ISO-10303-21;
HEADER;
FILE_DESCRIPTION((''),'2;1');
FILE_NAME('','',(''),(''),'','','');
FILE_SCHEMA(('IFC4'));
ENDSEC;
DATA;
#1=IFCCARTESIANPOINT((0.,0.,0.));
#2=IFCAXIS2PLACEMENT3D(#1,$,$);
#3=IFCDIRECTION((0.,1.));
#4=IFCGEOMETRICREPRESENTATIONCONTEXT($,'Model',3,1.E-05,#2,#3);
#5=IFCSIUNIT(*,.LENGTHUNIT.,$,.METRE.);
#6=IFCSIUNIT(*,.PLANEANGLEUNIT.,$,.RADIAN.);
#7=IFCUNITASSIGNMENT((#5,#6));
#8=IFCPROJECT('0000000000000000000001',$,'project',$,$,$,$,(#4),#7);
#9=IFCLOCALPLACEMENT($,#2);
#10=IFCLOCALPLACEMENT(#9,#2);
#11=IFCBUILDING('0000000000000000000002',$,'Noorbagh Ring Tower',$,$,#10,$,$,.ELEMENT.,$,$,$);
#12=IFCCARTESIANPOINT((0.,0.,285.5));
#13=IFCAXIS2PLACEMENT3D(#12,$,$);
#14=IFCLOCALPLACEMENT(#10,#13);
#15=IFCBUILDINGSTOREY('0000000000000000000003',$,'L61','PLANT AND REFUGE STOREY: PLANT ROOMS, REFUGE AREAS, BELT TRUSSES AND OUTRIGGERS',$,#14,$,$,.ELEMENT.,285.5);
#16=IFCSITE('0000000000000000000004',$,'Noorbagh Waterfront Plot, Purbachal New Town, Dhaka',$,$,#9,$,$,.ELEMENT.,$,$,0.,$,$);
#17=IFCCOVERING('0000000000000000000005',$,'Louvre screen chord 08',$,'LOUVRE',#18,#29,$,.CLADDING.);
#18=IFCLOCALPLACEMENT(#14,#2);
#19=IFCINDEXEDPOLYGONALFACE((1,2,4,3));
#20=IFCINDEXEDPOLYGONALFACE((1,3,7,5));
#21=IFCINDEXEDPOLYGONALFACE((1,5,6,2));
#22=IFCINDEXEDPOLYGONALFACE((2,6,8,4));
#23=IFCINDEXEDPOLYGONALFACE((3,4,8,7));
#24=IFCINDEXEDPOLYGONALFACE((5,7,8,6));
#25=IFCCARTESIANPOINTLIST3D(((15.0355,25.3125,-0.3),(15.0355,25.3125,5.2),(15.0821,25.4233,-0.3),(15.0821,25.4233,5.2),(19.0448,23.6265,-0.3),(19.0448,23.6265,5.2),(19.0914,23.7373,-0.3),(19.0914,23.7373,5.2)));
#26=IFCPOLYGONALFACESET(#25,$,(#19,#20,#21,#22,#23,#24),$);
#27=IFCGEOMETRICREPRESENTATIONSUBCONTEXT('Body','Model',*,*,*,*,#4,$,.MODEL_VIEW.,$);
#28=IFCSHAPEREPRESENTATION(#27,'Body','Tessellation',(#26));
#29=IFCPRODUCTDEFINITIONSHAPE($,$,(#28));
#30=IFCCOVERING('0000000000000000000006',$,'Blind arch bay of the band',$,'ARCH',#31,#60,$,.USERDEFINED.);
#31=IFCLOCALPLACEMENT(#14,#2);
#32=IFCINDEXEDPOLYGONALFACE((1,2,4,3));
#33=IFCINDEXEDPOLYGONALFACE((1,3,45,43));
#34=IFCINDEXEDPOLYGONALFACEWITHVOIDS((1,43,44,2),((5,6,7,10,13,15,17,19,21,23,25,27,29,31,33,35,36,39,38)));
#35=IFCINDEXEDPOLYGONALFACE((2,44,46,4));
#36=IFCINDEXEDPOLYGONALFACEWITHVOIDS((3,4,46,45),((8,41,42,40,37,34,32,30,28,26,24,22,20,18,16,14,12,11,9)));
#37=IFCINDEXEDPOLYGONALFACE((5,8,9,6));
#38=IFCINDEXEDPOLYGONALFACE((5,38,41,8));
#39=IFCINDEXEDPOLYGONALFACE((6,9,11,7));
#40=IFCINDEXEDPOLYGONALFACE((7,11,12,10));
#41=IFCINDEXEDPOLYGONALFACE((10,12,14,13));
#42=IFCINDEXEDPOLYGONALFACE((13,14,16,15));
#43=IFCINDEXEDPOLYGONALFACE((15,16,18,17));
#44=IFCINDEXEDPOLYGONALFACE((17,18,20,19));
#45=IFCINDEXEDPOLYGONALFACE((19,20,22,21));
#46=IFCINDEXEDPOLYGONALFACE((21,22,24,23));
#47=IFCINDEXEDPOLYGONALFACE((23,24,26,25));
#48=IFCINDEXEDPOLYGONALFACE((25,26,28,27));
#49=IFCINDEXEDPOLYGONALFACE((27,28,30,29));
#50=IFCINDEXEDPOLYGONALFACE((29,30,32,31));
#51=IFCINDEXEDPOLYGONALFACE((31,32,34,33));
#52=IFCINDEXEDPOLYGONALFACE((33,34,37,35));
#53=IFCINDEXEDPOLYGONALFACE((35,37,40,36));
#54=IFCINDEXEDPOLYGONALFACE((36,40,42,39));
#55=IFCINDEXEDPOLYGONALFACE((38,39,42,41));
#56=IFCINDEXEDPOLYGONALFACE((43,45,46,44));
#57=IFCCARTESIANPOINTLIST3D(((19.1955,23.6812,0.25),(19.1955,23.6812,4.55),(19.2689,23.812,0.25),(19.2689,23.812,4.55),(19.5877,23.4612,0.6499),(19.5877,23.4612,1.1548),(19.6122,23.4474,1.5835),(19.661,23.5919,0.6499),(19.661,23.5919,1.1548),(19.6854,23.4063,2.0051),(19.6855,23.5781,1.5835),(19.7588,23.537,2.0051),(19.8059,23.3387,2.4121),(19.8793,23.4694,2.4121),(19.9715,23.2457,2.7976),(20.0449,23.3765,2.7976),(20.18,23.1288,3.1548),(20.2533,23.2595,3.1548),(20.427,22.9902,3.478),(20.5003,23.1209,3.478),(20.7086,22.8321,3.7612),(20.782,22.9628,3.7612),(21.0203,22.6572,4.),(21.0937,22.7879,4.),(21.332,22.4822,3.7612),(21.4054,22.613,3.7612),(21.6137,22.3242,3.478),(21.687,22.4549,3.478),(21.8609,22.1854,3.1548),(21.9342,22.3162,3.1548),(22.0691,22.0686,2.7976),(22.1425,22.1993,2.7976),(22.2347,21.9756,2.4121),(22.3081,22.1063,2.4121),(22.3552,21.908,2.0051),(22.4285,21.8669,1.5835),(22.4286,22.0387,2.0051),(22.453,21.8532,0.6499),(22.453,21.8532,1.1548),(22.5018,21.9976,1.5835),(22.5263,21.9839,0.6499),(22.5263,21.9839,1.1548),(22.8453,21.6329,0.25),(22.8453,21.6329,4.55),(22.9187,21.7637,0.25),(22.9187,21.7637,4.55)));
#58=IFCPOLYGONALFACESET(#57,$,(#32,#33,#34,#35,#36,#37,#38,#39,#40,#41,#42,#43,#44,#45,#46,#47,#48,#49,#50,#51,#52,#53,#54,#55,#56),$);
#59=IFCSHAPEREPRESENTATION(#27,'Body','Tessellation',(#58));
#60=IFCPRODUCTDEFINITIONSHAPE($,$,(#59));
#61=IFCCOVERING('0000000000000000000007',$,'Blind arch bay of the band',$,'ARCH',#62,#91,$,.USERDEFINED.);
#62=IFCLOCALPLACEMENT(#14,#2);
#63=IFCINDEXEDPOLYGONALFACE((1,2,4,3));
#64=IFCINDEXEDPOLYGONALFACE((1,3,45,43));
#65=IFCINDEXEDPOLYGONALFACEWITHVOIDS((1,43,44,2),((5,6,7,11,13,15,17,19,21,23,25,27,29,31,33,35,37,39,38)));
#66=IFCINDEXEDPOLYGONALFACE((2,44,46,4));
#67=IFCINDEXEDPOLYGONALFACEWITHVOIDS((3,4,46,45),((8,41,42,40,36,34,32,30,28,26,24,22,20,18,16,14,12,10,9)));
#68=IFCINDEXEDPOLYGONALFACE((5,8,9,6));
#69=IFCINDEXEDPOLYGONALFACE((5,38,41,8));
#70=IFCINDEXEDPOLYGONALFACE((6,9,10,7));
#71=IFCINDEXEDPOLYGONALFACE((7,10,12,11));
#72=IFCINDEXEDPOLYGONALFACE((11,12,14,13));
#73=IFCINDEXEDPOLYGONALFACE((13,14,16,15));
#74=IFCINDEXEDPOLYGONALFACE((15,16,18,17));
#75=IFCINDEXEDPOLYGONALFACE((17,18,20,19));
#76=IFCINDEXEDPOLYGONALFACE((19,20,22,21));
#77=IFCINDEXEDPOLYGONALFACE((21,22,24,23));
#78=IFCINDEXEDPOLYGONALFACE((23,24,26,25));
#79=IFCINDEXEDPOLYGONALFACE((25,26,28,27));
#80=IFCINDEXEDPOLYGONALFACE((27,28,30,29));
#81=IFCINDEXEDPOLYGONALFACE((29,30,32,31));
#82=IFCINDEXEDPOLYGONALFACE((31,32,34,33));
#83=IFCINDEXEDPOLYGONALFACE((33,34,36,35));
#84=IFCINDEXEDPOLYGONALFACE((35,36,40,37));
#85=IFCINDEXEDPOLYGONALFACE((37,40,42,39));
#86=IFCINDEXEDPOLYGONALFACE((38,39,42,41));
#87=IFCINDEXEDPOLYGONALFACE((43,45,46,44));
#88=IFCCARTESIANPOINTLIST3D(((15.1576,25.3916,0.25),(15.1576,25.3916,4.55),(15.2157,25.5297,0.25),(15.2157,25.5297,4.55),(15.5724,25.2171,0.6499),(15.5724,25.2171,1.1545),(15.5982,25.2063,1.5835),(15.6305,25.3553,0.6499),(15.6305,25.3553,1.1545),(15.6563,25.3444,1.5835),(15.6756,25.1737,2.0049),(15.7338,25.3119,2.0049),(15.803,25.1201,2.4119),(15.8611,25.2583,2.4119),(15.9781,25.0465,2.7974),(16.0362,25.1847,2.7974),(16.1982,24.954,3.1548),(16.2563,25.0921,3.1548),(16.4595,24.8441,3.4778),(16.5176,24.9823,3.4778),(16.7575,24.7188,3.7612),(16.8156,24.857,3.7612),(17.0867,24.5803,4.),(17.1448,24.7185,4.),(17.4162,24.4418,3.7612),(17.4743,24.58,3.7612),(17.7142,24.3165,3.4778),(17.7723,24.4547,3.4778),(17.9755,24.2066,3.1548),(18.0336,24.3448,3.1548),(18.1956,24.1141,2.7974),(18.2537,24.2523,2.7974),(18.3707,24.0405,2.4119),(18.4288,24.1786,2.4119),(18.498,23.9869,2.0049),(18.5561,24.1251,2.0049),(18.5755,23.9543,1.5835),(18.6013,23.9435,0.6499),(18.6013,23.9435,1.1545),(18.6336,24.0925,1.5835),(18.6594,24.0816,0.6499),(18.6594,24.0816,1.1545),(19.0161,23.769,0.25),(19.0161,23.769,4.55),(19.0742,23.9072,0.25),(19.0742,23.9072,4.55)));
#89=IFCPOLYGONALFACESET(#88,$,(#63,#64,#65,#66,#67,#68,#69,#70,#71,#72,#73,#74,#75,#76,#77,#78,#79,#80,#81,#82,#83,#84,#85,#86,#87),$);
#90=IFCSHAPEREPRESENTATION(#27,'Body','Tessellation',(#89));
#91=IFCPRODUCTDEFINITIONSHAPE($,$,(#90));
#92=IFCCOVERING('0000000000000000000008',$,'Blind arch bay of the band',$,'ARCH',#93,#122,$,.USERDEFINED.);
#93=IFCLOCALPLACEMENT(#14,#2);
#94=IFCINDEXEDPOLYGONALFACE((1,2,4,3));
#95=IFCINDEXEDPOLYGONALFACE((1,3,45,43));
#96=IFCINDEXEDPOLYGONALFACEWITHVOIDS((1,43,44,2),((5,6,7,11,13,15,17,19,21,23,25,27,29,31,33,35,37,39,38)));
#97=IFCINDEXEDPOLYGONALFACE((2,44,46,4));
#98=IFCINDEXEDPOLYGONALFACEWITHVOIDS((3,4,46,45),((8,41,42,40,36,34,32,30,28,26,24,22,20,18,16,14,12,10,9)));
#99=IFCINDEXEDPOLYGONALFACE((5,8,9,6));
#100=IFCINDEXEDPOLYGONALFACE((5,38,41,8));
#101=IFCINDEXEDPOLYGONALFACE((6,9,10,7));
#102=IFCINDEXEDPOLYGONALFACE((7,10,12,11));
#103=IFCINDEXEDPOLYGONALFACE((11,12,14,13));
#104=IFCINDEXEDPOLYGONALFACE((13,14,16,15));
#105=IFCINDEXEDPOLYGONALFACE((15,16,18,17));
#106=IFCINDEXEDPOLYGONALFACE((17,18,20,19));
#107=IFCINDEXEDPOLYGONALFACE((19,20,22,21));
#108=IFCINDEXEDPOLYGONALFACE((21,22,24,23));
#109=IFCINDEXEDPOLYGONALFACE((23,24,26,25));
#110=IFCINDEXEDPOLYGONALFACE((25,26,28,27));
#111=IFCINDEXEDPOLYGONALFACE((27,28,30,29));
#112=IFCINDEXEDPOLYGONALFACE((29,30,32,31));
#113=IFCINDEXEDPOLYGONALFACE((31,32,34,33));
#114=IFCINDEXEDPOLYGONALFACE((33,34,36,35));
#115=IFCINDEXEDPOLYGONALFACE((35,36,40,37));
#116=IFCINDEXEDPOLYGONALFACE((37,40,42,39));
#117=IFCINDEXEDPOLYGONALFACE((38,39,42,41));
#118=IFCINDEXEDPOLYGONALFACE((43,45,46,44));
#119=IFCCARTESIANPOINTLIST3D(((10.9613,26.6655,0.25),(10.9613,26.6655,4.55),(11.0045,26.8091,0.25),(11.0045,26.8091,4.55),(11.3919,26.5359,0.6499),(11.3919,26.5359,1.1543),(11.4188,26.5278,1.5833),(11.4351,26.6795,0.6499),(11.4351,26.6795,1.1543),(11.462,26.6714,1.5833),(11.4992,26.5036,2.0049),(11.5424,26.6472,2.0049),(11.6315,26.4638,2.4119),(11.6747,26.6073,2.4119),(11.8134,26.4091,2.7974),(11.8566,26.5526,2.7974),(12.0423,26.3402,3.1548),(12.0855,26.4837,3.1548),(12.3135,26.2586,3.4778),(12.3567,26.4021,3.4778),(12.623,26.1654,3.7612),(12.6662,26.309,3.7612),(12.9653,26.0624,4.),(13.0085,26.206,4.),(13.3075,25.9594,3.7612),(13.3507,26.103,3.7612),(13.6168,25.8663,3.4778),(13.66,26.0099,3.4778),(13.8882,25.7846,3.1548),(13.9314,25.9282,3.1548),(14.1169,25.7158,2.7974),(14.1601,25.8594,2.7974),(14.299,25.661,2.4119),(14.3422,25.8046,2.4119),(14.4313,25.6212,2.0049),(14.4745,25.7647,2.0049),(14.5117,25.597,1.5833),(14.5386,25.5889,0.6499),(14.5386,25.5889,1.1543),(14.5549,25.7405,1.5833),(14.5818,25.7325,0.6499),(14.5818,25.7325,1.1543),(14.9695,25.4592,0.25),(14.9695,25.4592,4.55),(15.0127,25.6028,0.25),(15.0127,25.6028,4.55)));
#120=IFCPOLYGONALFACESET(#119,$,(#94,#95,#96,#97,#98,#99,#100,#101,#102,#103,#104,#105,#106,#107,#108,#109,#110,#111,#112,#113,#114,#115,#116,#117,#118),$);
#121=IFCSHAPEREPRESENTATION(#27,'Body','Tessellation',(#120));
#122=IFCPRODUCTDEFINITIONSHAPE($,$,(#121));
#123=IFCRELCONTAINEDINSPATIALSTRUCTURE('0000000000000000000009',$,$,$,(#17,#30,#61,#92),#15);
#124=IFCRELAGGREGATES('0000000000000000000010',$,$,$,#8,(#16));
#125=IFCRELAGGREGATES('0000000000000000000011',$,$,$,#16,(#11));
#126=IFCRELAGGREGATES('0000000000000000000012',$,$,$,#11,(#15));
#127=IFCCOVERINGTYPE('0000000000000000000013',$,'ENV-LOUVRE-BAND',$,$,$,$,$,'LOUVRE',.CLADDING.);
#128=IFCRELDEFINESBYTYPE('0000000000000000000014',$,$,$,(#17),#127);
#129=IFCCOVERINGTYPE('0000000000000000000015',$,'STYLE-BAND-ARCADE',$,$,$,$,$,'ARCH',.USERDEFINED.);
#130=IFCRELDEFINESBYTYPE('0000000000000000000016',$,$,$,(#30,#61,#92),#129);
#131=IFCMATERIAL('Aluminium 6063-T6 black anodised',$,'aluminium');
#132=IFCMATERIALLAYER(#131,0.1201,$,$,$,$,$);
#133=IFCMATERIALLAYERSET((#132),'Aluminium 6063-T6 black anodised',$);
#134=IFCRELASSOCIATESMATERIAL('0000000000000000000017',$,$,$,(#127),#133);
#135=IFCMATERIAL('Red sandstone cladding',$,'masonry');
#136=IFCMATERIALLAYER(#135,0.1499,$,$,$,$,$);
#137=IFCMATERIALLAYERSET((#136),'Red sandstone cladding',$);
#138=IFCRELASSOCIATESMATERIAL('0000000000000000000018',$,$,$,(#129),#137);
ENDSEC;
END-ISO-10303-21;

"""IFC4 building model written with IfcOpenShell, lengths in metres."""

from ifc_helpers import new_model, si_unit, direction, frame, origin, origin_2d, place, context, subcontext, project, spatial, polyline, rectangle, outline, extrude, material, layer, layer_set, type_object, element, save


model = new_model("IFC4")

# Units and contexts
model_context = context("Model", 3, precision=1e-05, world=origin(), true_north=direction((0.0, 1.0)))
body_context = subcontext(model_context, "Body", "Model", "MODEL_VIEW")
ifc_project = project(units=[si_unit("LENGTHUNIT", "METRE"), si_unit("PLANEANGLEUNIT", "RADIAN")], contexts=[model_context])

# Site, building, storey
site_placement = place(None, origin())
site = spatial("IfcSite", under=ifc_project, at=site_placement, Name="Noorbagh Waterfront Plot, Purbachal New Town, Dhaka", CompositionType="ELEMENT", RefElevation=0.0)
building_placement = place(site_placement, origin())
building = spatial("IfcBuilding", under=site, at=building_placement, Name="Noorbagh Ring Tower", CompositionType="ELEMENT")
storey_placement = place(building_placement, frame((0.0, 0.0, 285.5)))
storey = spatial("IfcBuildingStorey", under=building, at=storey_placement, Name="L61", Description="PLANT AND REFUGE STOREY: PLANT ROOMS, REFUGE AREAS, BELT TRUSSES AND OUTRIGGERS", CompositionType="ELEMENT", Elevation=285.5)

# Coverings
ifc_material_1 = material(Name="Aluminium 6063-T6 black anodised", Category="aluminium")
ifc_layer_1 = layer(ifc_material_1, 0.1201)
ifc_layer_set_1 = layer_set([ifc_layer_1], Name="Aluminium 6063-T6 black anodised")
covering_type_1 = type_object("IfcCoveringType", Name="ENV-LOUVRE-BAND", ElementType="LOUVRE", PredefinedType="CLADDING", material=ifc_layer_set_1)
covering_1_placement = place(storey_placement, frame((17.0635, 24.5249, -0.3), z_axis=(0.0, 0.0, 1.0), x_axis=(-0.921812, 0.387638, 0.0)))
element("IfcCovering", 1, at=covering_1_placement, inside=storey, type_object=covering_type_1, Name="Louvre screen chord 08", ObjectType="LOUVRE", PredefinedType="CLADDING", context=body_context, shape_type="SweptSolid", body=[
    extrude(rectangle(XDim=4.3494, YDim=0.1201, at=origin_2d()), origin(), (0.0, 0.0, 1.0), 5.5),
])
ifc_material_2 = material(Name="Red sandstone cladding", Category="masonry")
ifc_layer_2 = layer(ifc_material_2, 0.1499)
ifc_layer_set_2 = layer_set([ifc_layer_2], Name="Red sandstone cladding")
covering_type_2 = type_object("IfcCoveringType", Name="STYLE-BAND-ARCADE", ElementType="ARCH", PredefinedType="USERDEFINED", material=ifc_layer_set_2)
covering_2_placement = place(storey_placement, frame((22.9187, 21.7637, 0.25), z_axis=(0.489402, 0.872058, 0.0), x_axis=(-0.872058, 0.489402, 0.0)))
element("IfcCovering", 2, at=covering_2_placement, inside=storey, type_object=covering_type_2, Name="Blind arch bay of the band", ObjectType="ARCH", PredefinedType="USERDEFINED", context=body_context, shape_type="SweptSolid", body=[
    extrude(outline(polyline([(0.0, 0.0), (4.1853, 0.0), (4.1853, 4.3), (0.0, 4.3), (0.0, 0.0)]), holes=[polyline([(0.45, 0.3999), (0.45, 0.9048), (0.478, 1.3335), (0.562, 1.7551), (0.7002, 2.1621), (0.8901, 2.5476), (1.1289, 2.9048), (1.4124, 3.228), (1.7354, 3.5112), (2.0928, 3.75), (2.4502, 3.5112), (2.7732, 3.228), (3.0564, 2.9048), (3.2954, 2.5476), (3.4854, 2.1621), (3.6235, 1.7551), (3.7075, 1.3335), (3.7356, 0.9048), (3.7356, 0.3999), (0.45, 0.3999)])]), origin(), (0.0, 0.0, -1.0), 0.1499),
])
covering_3_placement = place(storey_placement, frame((19.0742, 23.9072, 0.25), z_axis=(0.387624, 0.921818, 0.0), x_axis=(-0.921818, 0.387624, 0.0)))
element("IfcCovering", 3, at=covering_3_placement, inside=storey, type_object=covering_type_2, Name="Blind arch bay of the band", ObjectType="ARCH", PredefinedType="USERDEFINED", context=body_context, shape_type="SweptSolid", body=[
    extrude(outline(polyline([(0.0, 0.0), (4.1858, 0.0), (4.1858, 4.3), (0.0, 4.3), (0.0, 0.0)]), holes=[polyline([(0.45, 0.3999), (0.45, 0.9045), (0.478, 1.3335), (0.562, 1.7549), (0.7002, 2.1619), (0.8901, 2.5474), (1.1289, 2.9048), (1.4124, 3.2278), (1.7356, 3.5112), (2.093, 3.75), (2.4502, 3.5112), (2.7734, 3.2278), (3.0569, 2.9048), (3.2957, 2.5474), (3.4856, 2.1619), (3.6238, 1.7549), (3.7078, 1.3335), (3.7358, 0.9045), (3.7358, 0.3999), (0.45, 0.3999)])]), origin(), (0.0, 0.0, -1.0), 0.1499),
])
covering_4_placement = place(storey_placement, frame((15.0127, 25.6028, 0.25), z_axis=(0.288183, 0.957575, 0.0), x_axis=(-0.957575, 0.288183, 0.0)))
element("IfcCovering", 4, at=covering_4_placement, inside=storey, type_object=covering_type_2, Name="Blind arch bay of the band", ObjectType="ARCH", PredefinedType="USERDEFINED", context=body_context, shape_type="SweptSolid", body=[
    extrude(outline(polyline([(0.0, 0.0), (4.1858, 0.0), (4.1858, 4.3), (0.0, 4.3), (0.0, 0.0)]), holes=[polyline([(0.45, 0.3999), (0.45, 0.9043), (0.478, 1.3333), (0.562, 1.7549), (0.7002, 2.1619), (0.8904, 2.5474), (1.1292, 2.9048), (1.4126, 3.2278), (1.7356, 3.5112), (2.093, 3.75), (2.4504, 3.5112), (2.7737, 3.2278), (3.0569, 2.9048), (3.2959, 2.5474), (3.4858, 2.1619), (3.624, 1.7549), (3.708, 1.3333), (3.7361, 0.9043), (3.7361, 0.3999), (0.45, 0.3999)])]), origin(), (0.0, 0.0, -1.0), 0.1499),
])

save(model, "model.ifc")
